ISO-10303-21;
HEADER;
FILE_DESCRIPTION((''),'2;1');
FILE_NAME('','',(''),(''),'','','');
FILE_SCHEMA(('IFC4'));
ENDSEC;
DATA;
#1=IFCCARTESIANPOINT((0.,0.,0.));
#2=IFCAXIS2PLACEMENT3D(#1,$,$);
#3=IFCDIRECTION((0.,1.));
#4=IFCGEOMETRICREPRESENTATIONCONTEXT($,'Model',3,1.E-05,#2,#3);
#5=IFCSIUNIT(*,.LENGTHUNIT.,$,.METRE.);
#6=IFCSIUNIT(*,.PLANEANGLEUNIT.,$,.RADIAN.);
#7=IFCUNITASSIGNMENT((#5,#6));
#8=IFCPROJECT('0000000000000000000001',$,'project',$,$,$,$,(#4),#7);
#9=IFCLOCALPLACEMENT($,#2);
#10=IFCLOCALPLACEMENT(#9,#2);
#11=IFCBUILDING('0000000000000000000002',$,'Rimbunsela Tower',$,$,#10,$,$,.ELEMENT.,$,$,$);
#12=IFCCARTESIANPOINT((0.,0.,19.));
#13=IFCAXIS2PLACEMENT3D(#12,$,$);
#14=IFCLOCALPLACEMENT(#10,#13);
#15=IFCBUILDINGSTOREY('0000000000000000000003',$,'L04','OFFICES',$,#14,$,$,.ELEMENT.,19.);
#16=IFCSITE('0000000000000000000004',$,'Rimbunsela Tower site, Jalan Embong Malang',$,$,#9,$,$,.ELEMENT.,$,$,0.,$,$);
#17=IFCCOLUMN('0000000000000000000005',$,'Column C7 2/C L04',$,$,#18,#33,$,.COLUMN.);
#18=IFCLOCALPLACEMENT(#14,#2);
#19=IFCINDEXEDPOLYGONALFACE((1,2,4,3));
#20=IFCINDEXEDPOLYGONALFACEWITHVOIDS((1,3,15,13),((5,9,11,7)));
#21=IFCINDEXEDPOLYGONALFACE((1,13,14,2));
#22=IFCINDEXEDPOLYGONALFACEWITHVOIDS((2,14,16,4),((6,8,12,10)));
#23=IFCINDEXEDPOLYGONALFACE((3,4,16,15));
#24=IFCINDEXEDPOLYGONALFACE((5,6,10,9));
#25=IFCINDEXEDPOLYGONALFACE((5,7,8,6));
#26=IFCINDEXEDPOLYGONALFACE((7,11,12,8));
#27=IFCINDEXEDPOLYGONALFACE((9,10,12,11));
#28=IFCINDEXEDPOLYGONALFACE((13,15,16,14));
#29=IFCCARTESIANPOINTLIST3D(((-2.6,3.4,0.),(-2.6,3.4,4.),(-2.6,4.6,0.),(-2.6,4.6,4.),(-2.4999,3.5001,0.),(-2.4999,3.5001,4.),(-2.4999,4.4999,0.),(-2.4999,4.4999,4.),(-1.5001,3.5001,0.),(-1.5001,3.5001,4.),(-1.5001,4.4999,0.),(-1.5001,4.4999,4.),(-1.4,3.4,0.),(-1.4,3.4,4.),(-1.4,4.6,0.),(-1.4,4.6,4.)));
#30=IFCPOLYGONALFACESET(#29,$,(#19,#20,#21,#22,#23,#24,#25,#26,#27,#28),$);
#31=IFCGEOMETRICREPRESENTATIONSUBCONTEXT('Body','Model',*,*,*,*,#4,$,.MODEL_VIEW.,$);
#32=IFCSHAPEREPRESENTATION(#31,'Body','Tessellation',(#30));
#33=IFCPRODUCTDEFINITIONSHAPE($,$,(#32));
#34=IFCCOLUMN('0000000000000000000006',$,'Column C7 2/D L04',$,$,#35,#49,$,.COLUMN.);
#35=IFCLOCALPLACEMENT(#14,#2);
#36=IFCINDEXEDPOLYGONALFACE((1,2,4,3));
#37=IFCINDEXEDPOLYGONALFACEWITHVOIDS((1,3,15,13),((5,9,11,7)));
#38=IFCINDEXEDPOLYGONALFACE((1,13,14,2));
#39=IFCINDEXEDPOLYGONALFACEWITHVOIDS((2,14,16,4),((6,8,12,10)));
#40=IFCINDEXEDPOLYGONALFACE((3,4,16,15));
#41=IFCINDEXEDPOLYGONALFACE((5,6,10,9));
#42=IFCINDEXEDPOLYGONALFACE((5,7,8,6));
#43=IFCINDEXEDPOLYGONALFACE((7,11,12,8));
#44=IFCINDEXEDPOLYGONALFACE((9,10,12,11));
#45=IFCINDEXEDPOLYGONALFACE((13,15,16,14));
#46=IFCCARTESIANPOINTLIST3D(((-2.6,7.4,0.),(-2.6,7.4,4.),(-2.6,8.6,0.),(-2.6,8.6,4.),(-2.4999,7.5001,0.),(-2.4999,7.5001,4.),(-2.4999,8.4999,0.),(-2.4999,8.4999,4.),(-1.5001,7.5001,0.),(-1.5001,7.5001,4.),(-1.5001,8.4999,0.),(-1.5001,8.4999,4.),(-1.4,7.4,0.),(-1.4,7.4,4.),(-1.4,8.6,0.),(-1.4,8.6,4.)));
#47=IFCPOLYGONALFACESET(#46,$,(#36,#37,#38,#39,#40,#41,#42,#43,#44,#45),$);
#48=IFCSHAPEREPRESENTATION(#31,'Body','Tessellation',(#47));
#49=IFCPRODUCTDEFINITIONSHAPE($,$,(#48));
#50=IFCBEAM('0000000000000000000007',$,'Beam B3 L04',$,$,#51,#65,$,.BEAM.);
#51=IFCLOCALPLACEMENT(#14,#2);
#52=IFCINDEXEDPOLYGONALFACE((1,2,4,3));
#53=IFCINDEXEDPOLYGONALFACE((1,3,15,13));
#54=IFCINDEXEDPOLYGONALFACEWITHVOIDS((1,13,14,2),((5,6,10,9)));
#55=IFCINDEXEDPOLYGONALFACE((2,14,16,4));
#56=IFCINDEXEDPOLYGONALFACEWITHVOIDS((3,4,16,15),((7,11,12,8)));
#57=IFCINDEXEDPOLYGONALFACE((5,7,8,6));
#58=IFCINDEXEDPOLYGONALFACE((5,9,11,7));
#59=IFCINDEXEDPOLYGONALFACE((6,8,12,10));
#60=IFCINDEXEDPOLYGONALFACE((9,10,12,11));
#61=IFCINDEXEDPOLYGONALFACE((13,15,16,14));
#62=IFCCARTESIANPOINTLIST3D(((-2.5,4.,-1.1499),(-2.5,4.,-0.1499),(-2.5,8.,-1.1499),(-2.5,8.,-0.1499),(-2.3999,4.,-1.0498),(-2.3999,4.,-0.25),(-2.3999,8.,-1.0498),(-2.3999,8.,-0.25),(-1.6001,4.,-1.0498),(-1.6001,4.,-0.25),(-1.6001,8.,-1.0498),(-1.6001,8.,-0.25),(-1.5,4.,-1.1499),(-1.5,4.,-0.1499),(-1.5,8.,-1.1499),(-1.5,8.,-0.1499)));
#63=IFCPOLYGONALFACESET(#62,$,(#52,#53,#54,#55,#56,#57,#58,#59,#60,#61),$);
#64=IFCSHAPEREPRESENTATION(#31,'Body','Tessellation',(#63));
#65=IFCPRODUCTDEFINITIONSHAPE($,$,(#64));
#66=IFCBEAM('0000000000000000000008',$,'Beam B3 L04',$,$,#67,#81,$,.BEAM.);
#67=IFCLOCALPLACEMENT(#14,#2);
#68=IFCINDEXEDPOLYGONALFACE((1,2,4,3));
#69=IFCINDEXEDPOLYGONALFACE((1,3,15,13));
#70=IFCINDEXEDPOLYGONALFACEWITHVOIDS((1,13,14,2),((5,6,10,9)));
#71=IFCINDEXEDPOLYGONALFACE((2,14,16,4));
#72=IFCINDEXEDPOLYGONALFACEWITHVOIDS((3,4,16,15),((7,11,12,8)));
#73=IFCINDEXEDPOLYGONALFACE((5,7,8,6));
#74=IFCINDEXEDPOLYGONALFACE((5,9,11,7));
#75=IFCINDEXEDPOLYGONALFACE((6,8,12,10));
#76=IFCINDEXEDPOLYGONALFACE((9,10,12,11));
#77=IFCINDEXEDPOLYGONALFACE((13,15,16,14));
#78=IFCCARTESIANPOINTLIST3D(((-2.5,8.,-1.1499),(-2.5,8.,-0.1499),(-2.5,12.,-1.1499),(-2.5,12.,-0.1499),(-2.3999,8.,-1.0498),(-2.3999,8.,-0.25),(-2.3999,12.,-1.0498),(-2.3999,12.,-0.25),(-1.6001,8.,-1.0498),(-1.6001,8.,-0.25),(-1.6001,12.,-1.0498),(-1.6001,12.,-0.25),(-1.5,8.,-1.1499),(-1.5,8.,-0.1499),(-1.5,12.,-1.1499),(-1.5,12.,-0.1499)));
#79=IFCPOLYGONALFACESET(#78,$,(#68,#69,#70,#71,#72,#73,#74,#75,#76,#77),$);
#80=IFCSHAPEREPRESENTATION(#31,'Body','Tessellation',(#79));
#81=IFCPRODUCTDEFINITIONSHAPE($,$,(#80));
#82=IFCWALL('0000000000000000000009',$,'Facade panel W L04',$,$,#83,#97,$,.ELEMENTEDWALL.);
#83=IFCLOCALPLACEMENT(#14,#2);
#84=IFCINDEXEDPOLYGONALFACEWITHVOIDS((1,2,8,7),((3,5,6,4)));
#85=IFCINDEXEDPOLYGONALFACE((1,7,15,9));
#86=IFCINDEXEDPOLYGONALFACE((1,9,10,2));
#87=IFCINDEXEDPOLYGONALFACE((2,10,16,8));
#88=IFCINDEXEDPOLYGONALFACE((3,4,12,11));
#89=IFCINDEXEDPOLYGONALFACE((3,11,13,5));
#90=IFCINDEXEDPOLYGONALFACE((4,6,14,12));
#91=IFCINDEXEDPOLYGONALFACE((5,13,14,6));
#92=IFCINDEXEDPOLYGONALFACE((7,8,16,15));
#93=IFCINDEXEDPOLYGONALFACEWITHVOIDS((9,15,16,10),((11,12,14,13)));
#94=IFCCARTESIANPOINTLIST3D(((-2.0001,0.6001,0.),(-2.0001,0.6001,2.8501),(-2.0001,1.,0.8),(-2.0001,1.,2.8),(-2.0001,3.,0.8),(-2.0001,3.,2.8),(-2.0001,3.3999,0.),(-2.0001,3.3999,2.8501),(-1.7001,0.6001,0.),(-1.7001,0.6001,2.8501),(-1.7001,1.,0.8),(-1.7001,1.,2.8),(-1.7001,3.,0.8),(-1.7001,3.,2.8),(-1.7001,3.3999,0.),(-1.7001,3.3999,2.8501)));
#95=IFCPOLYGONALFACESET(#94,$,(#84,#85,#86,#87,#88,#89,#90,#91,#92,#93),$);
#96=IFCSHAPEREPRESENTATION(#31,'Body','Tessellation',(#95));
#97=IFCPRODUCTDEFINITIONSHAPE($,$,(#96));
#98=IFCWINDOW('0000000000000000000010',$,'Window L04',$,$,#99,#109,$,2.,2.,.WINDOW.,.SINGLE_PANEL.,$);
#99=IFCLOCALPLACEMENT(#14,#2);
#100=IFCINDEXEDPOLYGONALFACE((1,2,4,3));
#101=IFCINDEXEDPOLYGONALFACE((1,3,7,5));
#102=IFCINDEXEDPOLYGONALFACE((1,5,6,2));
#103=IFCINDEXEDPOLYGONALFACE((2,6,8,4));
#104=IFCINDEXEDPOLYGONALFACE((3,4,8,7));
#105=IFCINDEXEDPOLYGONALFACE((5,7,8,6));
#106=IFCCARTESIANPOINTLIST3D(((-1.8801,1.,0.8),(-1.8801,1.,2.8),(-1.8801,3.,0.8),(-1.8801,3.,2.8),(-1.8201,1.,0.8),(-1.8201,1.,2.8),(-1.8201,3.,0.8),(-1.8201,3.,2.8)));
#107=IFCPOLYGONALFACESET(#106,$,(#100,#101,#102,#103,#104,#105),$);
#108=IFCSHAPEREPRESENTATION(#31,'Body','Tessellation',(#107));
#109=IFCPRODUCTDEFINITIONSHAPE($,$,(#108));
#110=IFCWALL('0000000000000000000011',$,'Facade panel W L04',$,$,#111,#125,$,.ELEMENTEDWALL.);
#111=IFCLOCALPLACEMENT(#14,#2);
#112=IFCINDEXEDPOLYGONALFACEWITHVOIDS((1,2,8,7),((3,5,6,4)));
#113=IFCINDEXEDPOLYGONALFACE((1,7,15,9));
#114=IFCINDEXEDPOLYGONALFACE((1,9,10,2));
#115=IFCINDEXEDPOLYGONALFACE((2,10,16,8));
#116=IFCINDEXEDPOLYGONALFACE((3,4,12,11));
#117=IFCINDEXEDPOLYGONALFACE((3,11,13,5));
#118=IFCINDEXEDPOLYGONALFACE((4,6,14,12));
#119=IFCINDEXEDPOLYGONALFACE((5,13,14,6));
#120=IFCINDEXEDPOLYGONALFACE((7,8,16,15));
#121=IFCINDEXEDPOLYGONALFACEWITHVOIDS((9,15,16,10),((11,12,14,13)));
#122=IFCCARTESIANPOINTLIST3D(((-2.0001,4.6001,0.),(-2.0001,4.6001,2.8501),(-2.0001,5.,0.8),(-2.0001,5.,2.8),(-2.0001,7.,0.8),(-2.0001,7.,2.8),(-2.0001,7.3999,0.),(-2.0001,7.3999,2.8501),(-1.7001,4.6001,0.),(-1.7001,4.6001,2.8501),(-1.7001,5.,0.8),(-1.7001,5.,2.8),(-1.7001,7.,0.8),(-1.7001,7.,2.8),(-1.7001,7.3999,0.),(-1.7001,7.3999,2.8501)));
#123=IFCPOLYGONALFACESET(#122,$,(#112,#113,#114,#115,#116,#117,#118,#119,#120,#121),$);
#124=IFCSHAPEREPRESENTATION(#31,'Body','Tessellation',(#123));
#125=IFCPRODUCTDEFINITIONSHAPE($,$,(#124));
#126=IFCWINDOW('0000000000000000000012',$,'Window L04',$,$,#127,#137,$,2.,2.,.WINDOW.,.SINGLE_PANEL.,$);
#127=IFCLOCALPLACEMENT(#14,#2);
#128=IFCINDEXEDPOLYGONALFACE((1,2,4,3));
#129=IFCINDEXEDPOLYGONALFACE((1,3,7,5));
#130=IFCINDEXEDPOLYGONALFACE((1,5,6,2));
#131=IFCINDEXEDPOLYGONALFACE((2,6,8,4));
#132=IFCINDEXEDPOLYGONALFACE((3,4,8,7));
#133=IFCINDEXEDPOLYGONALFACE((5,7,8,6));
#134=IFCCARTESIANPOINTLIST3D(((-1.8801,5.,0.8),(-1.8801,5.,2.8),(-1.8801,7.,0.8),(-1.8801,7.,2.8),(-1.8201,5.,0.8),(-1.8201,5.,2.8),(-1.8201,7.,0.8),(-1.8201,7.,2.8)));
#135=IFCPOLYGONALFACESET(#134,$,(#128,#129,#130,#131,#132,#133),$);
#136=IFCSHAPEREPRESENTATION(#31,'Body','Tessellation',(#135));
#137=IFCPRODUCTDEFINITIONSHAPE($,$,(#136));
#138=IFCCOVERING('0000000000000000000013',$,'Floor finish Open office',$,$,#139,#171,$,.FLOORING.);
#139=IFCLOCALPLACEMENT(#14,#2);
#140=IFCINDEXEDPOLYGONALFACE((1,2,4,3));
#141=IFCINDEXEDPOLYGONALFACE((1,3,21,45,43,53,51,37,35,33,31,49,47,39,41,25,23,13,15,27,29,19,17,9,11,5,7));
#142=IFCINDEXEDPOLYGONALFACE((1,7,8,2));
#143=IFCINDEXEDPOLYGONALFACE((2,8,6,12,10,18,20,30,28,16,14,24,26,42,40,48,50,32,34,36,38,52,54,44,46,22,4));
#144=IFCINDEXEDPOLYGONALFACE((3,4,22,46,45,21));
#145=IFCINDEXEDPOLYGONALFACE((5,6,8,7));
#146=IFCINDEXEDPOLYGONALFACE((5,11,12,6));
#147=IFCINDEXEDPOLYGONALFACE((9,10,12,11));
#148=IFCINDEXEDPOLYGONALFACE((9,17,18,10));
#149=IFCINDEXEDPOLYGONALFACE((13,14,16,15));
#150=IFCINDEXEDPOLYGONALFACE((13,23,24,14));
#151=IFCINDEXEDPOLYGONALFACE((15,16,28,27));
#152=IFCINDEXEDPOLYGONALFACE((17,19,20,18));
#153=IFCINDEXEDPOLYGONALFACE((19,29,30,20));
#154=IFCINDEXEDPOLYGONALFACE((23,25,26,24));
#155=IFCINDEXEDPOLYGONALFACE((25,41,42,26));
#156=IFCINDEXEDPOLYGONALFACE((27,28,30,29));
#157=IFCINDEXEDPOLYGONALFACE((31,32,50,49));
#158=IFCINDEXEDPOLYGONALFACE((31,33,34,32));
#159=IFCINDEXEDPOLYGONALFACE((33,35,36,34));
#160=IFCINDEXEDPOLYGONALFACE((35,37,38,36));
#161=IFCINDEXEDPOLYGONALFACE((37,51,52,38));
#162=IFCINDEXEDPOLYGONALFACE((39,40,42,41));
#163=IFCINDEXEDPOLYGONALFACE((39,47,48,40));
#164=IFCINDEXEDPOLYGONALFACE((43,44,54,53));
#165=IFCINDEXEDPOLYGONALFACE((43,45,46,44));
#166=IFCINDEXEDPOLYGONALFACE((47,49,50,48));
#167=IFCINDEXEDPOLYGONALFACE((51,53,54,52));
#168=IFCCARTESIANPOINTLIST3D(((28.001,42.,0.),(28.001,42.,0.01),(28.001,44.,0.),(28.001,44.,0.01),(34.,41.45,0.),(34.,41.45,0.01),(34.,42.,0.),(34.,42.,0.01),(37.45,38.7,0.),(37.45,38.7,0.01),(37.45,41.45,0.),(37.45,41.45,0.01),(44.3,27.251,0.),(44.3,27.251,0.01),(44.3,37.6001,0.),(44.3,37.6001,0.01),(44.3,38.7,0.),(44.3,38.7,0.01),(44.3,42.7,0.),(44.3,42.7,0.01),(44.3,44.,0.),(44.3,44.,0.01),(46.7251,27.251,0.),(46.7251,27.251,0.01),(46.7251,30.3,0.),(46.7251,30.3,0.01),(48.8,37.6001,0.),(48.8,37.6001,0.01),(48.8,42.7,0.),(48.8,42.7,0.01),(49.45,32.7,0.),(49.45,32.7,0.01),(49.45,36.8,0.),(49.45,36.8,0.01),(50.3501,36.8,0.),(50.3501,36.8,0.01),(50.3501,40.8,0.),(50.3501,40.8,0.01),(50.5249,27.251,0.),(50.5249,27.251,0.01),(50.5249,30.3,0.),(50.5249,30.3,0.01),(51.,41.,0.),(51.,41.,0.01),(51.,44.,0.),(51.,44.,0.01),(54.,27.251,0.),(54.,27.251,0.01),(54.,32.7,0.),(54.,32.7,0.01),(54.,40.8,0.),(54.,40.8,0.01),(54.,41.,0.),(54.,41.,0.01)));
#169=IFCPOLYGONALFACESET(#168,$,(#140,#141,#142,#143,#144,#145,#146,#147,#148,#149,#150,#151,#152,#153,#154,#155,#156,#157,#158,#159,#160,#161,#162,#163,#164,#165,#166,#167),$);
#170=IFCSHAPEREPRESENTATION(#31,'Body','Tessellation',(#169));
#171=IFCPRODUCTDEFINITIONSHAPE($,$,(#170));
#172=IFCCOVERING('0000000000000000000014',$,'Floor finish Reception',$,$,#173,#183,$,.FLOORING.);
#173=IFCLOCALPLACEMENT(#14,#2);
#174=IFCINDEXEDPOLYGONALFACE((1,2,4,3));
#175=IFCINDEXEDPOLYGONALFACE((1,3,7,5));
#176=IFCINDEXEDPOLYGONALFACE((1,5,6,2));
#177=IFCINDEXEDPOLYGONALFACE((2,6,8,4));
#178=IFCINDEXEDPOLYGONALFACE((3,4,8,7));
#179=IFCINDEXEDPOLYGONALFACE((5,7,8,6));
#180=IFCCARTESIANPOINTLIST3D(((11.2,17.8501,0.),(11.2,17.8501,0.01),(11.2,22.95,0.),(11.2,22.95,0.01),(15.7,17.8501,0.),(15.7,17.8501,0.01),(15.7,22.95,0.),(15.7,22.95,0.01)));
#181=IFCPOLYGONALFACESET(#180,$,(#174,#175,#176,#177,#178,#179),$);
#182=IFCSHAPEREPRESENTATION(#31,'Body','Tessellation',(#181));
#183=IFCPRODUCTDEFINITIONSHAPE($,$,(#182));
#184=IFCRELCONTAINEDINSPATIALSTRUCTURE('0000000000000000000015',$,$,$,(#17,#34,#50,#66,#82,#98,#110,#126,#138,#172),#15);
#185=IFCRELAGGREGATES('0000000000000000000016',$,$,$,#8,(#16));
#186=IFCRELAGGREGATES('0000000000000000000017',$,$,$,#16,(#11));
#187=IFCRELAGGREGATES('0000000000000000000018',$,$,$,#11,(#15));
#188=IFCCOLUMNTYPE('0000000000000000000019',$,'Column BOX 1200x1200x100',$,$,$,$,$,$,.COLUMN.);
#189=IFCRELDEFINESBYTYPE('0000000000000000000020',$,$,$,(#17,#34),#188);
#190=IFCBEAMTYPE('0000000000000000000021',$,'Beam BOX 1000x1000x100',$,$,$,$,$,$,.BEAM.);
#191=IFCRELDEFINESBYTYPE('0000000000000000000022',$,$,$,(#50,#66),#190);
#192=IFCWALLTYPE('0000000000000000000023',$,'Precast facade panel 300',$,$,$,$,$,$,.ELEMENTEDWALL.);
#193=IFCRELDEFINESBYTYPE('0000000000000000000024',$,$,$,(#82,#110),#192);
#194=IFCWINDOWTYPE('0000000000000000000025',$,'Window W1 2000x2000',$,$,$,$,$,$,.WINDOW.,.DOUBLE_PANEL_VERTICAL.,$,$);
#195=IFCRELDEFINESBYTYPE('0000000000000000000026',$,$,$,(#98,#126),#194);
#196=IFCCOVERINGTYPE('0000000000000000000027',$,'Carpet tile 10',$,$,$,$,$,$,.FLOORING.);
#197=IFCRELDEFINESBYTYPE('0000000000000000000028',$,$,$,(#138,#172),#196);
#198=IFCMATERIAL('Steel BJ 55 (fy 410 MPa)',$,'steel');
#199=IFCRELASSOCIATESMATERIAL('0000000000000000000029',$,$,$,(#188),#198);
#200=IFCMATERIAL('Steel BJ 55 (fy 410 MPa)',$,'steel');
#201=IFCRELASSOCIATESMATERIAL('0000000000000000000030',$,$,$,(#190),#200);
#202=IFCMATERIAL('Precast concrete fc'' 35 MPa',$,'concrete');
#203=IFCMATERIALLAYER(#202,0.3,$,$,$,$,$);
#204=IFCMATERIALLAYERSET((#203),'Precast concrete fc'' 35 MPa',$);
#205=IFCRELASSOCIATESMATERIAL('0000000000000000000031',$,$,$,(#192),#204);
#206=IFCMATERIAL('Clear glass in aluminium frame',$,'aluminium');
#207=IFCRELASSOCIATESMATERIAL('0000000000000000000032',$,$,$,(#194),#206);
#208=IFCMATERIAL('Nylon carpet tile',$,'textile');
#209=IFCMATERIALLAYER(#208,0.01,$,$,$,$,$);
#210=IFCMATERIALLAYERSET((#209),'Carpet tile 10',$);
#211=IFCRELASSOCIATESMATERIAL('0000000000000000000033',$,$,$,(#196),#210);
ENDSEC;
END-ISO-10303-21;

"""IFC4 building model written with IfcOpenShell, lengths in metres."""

from ifc_helpers import new_model, si_unit, direction, frame, frame_2d, origin, origin_2d, place, context, subcontext, project, spatial, polyline, rectangle, hollow_rectangle, outline, extrude, material, layer, layer_set, material_profile, profile_set, type_object, element, fill, save


model = new_model("IFC4")

# Units and contexts
model_context = context("Model", 3, precision=1e-05, world=origin(), true_north=direction((0.0, 1.0)))
body_context = subcontext(model_context, "Body", "Model", "MODEL_VIEW")
ifc_project = project(units=[si_unit("LENGTHUNIT", "METRE"), si_unit("PLANEANGLEUNIT", "RADIAN")], contexts=[model_context])

# Site, building, storey
site_placement = place(None, origin())
site = spatial("IfcSite", under=ifc_project, at=site_placement, Name="Rimbunsela Tower site, Jalan Embong Malang", CompositionType="ELEMENT", RefElevation=0.0)
building_placement = place(site_placement, origin())
building = spatial("IfcBuilding", under=site, at=building_placement, Name="Rimbunsela Tower", CompositionType="ELEMENT")
storey_placement = place(building_placement, frame((0.0, 0.0, 19.0)))
storey = spatial("IfcBuildingStorey", under=building, at=storey_placement, Name="L04", Description="OFFICES", CompositionType="ELEMENT", Elevation=19.0)

# Columns
ifc_material_1 = material(Name="Steel BJ 55 (fy 410 MPa)", Category="steel")
ifc_material_profile_1 = material_profile(ifc_material_1, hollow_rectangle(XDim=1.2, YDim=1.2, WallThickness=0.1001, at=origin_2d()), Name="BOX 1200x1200x100")
ifc_profile_set_1 = profile_set([ifc_material_profile_1], Name="Steel BJ 55 (fy 410 MPa)")
column_type = type_object("IfcColumnType", Name="Column BOX 1200x1200x100", PredefinedType="COLUMN", material=ifc_profile_set_1)
for number, where, z_axis, x_axis, name in (
    (1, (-2.0, 4.0, 0.0), (0.0, 0.0, 1.0), (1.0, 0.0, 0.0), "Column C7 2/C L04"),
    (2, (-2.0, 8.0, 0.0), (0.0, 0.0, 1.0), (1.0, 0.0, 0.0), "Column C7 2/D L04"),
):
    element("IfcColumn", number, at=place(storey_placement, frame(where, z_axis=z_axis, x_axis=x_axis)), inside=storey, type_object=column_type, Name=name, PredefinedType="COLUMN", context=body_context, shape_type="SweptSolid", body=[
        extrude(hollow_rectangle(XDim=1.2, YDim=1.2, WallThickness=0.1001, at=origin_2d()), origin(), (0.0, 0.0, 1.0), 4.0),
    ])

# Beams
ifc_material_2 = material(Name="Steel BJ 55 (fy 410 MPa)", Category="steel")
ifc_material_profile_2 = material_profile(ifc_material_2, hollow_rectangle(XDim=1.0, YDim=1.0, WallThickness=0.1001, at=origin_2d()), Name="BOX 1000x1000x100")
ifc_profile_set_2 = profile_set([ifc_material_profile_2], Name="Steel BJ 55 (fy 410 MPa)")
beam_type = type_object("IfcBeamType", Name="Beam BOX 1000x1000x100", PredefinedType="BEAM", material=ifc_profile_set_2)
for number, where, z_axis, x_axis, name in (
    (3, (-2.0, 4.0, -0.6499), (0.0, 1.0, 0.0), (-1.0, 0.0, 0.0), "Beam B3 L04"),
    (4, (-2.0, 8.0, -0.6499), (0.0, 1.0, 0.0), (-1.0, 0.0, 0.0), "Beam B3 L04"),
):
    element("IfcBeam", number, at=place(storey_placement, frame(where, z_axis=z_axis, x_axis=x_axis)), inside=storey, type_object=beam_type, Name=name, PredefinedType="BEAM", context=body_context, shape_type="SweptSolid", body=[
        extrude(hollow_rectangle(XDim=1.0, YDim=1.0, WallThickness=0.1001, at=origin_2d()), origin(), (0.0, 0.0, 1.0), 4.0),
    ])

# Walls, openings, windows
ifc_material_3 = material(Name="Precast concrete fc' 35 MPa", Category="concrete")
ifc_layer_1 = layer(ifc_material_3, 0.3)
ifc_layer_set_1 = layer_set([ifc_layer_1], Name="Precast concrete fc' 35 MPa")
wall_type = type_object("IfcWallType", Name="Precast facade panel 300", PredefinedType="ELEMENTEDWALL", material=ifc_layer_set_1)
wall_1_placement = place(storey_placement, frame((-1.8501, 3.3999, 0.0), z_axis=(0.0, 0.0, 1.0), x_axis=(0.0, -1.0, 0.0)))
wall_1 = element("IfcWall", 5, at=wall_1_placement, inside=storey, type_object=wall_type, Name="Facade panel W L04", PredefinedType="ELEMENTEDWALL", context=body_context, shape_type="SweptSolid", body=[
    extrude(rectangle(XDim=2.7998, YDim=0.3, at=frame_2d((1.3999, 0.0))), origin(), (0.0, 0.0, 1.0), 2.8501),
])
opening_1_placement = place(wall_1_placement, frame((0.3999, 0.0, 0.8)))
opening_1 = element("IfcOpeningElement", 6, at=opening_1_placement, cuts=wall_1, PredefinedType="OPENING", context=body_context, shape_type="SweptSolid", body=[
    extrude(rectangle(XDim=2.0, YDim=2.0, at=frame_2d((1.0, 1.0))), frame((0.0, 0.1599, 0.0), z_axis=(0.0, -1.0, 0.0), x_axis=(1.0, 0.0, 0.0)), (0.0, 0.0, 1.0), 0.3201),
])
ifc_material_4 = material(Name="Clear glass in aluminium frame", Category="aluminium")
window_type = type_object("IfcWindowType", Name="Window W1 2000x2000", PartitioningType="DOUBLE_PANEL_VERTICAL", PredefinedType="WINDOW", material=ifc_material_4)
window_1_placement = place(opening_1_placement, origin())
window_1 = element("IfcWindow", 7, at=window_1_placement, inside=storey, type_object=window_type, Name="Window L04", OverallHeight=2.0, OverallWidth=2.0, PartitioningType="SINGLE_PANEL", PredefinedType="WINDOW", context=body_context, shape_type="SweptSolid", body=[
    extrude(rectangle(XDim=2.0, YDim=2.0, at=frame_2d((1.0, 1.0))), frame((0.0, 0.03, 0.0), z_axis=(0.0, -1.0, 0.0), x_axis=(1.0, 0.0, 0.0)), (0.0, 0.0, 1.0), 0.0601),
])
fill(opening_1, window_1)
wall_2_placement = place(storey_placement, frame((-1.8501, 7.3999, 0.0), z_axis=(0.0, 0.0, 1.0), x_axis=(0.0, -1.0, 0.0)))
wall_2 = element("IfcWall", 8, at=wall_2_placement, inside=storey, type_object=wall_type, Name="Facade panel W L04", PredefinedType="ELEMENTEDWALL", context=body_context, shape_type="SweptSolid", body=[
    extrude(rectangle(XDim=2.7998, YDim=0.3, at=frame_2d((1.3999, 0.0))), origin(), (0.0, 0.0, 1.0), 2.8501),
])
opening_2_placement = place(wall_2_placement, frame((0.3999, 0.0, 0.8)))
opening_2 = element("IfcOpeningElement", 9, at=opening_2_placement, cuts=wall_2, PredefinedType="OPENING", context=body_context, shape_type="SweptSolid", body=[
    extrude(rectangle(XDim=2.0, YDim=2.0, at=frame_2d((1.0, 1.0))), frame((0.0, 0.1599, 0.0), z_axis=(0.0, -1.0, 0.0), x_axis=(1.0, 0.0, 0.0)), (0.0, 0.0, 1.0), 0.3201),
])
window_2_placement = place(opening_2_placement, origin())
window_2 = element("IfcWindow", 10, at=window_2_placement, inside=storey, type_object=window_type, Name="Window L04", OverallHeight=2.0, OverallWidth=2.0, PartitioningType="SINGLE_PANEL", PredefinedType="WINDOW", context=body_context, shape_type="SweptSolid", body=[
    extrude(rectangle(XDim=2.0, YDim=2.0, at=frame_2d((1.0, 1.0))), frame((0.0, 0.03, 0.0), z_axis=(0.0, -1.0, 0.0), x_axis=(1.0, 0.0, 0.0)), (0.0, 0.0, 1.0), 0.0601),
])
fill(opening_2, window_2)

# Coverings
ifc_material_5 = material(Name="Nylon carpet tile", Category="textile")
ifc_layer_2 = layer(ifc_material_5, 0.01)
ifc_layer_set_2 = layer_set([ifc_layer_2], Name="Carpet tile 10")
covering_type_1 = type_object("IfcCoveringType", Name="Carpet tile 10", PredefinedType="FLOORING", material=ifc_layer_set_2)
covering_1_placement = place(storey_placement, origin())
element("IfcCovering", 11, at=covering_1_placement, inside=storey, type_object=covering_type_1, Name="Floor finish Open office", PredefinedType="FLOORING", context=body_context, shape_type="SweptSolid", body=[
    extrude(outline(polyline([(44.3, 38.7), (37.45, 38.7), (37.45, 41.45), (34.0, 41.45), (34.0, 42.0), (28.001, 42.0), (28.001, 44.0), (44.3, 44.0), (51.0, 44.0), (51.0, 41.0), (54.0, 41.0), (54.0, 40.8), (50.3501, 40.8), (50.3501, 36.8), (49.45, 36.8), (49.45, 32.7), (54.0, 32.7), (54.0, 27.251), (50.5249, 27.251), (50.5249, 30.3), (46.7251, 30.3), (46.7251, 27.251), (44.3, 27.251), (44.3, 37.6001), (48.8, 37.6001), (48.8, 42.7), (44.3, 42.7), (44.3, 38.7)])), origin(), (0.0, 0.0, 1.0), 0.01),
])
covering_2_placement = place(storey_placement, origin())
element("IfcCovering", 12, at=covering_2_placement, inside=storey, type_object=covering_type_1, Name="Floor finish Reception", PredefinedType="FLOORING", context=body_context, shape_type="SweptSolid", body=[
    extrude(outline(polyline([(15.7, 17.8501), (15.7, 22.95), (11.2, 22.95), (11.2, 17.8501), (15.7, 17.8501)])), origin(), (0.0, 0.0, 1.0), 0.01),
])

save(model, "model.ifc")
